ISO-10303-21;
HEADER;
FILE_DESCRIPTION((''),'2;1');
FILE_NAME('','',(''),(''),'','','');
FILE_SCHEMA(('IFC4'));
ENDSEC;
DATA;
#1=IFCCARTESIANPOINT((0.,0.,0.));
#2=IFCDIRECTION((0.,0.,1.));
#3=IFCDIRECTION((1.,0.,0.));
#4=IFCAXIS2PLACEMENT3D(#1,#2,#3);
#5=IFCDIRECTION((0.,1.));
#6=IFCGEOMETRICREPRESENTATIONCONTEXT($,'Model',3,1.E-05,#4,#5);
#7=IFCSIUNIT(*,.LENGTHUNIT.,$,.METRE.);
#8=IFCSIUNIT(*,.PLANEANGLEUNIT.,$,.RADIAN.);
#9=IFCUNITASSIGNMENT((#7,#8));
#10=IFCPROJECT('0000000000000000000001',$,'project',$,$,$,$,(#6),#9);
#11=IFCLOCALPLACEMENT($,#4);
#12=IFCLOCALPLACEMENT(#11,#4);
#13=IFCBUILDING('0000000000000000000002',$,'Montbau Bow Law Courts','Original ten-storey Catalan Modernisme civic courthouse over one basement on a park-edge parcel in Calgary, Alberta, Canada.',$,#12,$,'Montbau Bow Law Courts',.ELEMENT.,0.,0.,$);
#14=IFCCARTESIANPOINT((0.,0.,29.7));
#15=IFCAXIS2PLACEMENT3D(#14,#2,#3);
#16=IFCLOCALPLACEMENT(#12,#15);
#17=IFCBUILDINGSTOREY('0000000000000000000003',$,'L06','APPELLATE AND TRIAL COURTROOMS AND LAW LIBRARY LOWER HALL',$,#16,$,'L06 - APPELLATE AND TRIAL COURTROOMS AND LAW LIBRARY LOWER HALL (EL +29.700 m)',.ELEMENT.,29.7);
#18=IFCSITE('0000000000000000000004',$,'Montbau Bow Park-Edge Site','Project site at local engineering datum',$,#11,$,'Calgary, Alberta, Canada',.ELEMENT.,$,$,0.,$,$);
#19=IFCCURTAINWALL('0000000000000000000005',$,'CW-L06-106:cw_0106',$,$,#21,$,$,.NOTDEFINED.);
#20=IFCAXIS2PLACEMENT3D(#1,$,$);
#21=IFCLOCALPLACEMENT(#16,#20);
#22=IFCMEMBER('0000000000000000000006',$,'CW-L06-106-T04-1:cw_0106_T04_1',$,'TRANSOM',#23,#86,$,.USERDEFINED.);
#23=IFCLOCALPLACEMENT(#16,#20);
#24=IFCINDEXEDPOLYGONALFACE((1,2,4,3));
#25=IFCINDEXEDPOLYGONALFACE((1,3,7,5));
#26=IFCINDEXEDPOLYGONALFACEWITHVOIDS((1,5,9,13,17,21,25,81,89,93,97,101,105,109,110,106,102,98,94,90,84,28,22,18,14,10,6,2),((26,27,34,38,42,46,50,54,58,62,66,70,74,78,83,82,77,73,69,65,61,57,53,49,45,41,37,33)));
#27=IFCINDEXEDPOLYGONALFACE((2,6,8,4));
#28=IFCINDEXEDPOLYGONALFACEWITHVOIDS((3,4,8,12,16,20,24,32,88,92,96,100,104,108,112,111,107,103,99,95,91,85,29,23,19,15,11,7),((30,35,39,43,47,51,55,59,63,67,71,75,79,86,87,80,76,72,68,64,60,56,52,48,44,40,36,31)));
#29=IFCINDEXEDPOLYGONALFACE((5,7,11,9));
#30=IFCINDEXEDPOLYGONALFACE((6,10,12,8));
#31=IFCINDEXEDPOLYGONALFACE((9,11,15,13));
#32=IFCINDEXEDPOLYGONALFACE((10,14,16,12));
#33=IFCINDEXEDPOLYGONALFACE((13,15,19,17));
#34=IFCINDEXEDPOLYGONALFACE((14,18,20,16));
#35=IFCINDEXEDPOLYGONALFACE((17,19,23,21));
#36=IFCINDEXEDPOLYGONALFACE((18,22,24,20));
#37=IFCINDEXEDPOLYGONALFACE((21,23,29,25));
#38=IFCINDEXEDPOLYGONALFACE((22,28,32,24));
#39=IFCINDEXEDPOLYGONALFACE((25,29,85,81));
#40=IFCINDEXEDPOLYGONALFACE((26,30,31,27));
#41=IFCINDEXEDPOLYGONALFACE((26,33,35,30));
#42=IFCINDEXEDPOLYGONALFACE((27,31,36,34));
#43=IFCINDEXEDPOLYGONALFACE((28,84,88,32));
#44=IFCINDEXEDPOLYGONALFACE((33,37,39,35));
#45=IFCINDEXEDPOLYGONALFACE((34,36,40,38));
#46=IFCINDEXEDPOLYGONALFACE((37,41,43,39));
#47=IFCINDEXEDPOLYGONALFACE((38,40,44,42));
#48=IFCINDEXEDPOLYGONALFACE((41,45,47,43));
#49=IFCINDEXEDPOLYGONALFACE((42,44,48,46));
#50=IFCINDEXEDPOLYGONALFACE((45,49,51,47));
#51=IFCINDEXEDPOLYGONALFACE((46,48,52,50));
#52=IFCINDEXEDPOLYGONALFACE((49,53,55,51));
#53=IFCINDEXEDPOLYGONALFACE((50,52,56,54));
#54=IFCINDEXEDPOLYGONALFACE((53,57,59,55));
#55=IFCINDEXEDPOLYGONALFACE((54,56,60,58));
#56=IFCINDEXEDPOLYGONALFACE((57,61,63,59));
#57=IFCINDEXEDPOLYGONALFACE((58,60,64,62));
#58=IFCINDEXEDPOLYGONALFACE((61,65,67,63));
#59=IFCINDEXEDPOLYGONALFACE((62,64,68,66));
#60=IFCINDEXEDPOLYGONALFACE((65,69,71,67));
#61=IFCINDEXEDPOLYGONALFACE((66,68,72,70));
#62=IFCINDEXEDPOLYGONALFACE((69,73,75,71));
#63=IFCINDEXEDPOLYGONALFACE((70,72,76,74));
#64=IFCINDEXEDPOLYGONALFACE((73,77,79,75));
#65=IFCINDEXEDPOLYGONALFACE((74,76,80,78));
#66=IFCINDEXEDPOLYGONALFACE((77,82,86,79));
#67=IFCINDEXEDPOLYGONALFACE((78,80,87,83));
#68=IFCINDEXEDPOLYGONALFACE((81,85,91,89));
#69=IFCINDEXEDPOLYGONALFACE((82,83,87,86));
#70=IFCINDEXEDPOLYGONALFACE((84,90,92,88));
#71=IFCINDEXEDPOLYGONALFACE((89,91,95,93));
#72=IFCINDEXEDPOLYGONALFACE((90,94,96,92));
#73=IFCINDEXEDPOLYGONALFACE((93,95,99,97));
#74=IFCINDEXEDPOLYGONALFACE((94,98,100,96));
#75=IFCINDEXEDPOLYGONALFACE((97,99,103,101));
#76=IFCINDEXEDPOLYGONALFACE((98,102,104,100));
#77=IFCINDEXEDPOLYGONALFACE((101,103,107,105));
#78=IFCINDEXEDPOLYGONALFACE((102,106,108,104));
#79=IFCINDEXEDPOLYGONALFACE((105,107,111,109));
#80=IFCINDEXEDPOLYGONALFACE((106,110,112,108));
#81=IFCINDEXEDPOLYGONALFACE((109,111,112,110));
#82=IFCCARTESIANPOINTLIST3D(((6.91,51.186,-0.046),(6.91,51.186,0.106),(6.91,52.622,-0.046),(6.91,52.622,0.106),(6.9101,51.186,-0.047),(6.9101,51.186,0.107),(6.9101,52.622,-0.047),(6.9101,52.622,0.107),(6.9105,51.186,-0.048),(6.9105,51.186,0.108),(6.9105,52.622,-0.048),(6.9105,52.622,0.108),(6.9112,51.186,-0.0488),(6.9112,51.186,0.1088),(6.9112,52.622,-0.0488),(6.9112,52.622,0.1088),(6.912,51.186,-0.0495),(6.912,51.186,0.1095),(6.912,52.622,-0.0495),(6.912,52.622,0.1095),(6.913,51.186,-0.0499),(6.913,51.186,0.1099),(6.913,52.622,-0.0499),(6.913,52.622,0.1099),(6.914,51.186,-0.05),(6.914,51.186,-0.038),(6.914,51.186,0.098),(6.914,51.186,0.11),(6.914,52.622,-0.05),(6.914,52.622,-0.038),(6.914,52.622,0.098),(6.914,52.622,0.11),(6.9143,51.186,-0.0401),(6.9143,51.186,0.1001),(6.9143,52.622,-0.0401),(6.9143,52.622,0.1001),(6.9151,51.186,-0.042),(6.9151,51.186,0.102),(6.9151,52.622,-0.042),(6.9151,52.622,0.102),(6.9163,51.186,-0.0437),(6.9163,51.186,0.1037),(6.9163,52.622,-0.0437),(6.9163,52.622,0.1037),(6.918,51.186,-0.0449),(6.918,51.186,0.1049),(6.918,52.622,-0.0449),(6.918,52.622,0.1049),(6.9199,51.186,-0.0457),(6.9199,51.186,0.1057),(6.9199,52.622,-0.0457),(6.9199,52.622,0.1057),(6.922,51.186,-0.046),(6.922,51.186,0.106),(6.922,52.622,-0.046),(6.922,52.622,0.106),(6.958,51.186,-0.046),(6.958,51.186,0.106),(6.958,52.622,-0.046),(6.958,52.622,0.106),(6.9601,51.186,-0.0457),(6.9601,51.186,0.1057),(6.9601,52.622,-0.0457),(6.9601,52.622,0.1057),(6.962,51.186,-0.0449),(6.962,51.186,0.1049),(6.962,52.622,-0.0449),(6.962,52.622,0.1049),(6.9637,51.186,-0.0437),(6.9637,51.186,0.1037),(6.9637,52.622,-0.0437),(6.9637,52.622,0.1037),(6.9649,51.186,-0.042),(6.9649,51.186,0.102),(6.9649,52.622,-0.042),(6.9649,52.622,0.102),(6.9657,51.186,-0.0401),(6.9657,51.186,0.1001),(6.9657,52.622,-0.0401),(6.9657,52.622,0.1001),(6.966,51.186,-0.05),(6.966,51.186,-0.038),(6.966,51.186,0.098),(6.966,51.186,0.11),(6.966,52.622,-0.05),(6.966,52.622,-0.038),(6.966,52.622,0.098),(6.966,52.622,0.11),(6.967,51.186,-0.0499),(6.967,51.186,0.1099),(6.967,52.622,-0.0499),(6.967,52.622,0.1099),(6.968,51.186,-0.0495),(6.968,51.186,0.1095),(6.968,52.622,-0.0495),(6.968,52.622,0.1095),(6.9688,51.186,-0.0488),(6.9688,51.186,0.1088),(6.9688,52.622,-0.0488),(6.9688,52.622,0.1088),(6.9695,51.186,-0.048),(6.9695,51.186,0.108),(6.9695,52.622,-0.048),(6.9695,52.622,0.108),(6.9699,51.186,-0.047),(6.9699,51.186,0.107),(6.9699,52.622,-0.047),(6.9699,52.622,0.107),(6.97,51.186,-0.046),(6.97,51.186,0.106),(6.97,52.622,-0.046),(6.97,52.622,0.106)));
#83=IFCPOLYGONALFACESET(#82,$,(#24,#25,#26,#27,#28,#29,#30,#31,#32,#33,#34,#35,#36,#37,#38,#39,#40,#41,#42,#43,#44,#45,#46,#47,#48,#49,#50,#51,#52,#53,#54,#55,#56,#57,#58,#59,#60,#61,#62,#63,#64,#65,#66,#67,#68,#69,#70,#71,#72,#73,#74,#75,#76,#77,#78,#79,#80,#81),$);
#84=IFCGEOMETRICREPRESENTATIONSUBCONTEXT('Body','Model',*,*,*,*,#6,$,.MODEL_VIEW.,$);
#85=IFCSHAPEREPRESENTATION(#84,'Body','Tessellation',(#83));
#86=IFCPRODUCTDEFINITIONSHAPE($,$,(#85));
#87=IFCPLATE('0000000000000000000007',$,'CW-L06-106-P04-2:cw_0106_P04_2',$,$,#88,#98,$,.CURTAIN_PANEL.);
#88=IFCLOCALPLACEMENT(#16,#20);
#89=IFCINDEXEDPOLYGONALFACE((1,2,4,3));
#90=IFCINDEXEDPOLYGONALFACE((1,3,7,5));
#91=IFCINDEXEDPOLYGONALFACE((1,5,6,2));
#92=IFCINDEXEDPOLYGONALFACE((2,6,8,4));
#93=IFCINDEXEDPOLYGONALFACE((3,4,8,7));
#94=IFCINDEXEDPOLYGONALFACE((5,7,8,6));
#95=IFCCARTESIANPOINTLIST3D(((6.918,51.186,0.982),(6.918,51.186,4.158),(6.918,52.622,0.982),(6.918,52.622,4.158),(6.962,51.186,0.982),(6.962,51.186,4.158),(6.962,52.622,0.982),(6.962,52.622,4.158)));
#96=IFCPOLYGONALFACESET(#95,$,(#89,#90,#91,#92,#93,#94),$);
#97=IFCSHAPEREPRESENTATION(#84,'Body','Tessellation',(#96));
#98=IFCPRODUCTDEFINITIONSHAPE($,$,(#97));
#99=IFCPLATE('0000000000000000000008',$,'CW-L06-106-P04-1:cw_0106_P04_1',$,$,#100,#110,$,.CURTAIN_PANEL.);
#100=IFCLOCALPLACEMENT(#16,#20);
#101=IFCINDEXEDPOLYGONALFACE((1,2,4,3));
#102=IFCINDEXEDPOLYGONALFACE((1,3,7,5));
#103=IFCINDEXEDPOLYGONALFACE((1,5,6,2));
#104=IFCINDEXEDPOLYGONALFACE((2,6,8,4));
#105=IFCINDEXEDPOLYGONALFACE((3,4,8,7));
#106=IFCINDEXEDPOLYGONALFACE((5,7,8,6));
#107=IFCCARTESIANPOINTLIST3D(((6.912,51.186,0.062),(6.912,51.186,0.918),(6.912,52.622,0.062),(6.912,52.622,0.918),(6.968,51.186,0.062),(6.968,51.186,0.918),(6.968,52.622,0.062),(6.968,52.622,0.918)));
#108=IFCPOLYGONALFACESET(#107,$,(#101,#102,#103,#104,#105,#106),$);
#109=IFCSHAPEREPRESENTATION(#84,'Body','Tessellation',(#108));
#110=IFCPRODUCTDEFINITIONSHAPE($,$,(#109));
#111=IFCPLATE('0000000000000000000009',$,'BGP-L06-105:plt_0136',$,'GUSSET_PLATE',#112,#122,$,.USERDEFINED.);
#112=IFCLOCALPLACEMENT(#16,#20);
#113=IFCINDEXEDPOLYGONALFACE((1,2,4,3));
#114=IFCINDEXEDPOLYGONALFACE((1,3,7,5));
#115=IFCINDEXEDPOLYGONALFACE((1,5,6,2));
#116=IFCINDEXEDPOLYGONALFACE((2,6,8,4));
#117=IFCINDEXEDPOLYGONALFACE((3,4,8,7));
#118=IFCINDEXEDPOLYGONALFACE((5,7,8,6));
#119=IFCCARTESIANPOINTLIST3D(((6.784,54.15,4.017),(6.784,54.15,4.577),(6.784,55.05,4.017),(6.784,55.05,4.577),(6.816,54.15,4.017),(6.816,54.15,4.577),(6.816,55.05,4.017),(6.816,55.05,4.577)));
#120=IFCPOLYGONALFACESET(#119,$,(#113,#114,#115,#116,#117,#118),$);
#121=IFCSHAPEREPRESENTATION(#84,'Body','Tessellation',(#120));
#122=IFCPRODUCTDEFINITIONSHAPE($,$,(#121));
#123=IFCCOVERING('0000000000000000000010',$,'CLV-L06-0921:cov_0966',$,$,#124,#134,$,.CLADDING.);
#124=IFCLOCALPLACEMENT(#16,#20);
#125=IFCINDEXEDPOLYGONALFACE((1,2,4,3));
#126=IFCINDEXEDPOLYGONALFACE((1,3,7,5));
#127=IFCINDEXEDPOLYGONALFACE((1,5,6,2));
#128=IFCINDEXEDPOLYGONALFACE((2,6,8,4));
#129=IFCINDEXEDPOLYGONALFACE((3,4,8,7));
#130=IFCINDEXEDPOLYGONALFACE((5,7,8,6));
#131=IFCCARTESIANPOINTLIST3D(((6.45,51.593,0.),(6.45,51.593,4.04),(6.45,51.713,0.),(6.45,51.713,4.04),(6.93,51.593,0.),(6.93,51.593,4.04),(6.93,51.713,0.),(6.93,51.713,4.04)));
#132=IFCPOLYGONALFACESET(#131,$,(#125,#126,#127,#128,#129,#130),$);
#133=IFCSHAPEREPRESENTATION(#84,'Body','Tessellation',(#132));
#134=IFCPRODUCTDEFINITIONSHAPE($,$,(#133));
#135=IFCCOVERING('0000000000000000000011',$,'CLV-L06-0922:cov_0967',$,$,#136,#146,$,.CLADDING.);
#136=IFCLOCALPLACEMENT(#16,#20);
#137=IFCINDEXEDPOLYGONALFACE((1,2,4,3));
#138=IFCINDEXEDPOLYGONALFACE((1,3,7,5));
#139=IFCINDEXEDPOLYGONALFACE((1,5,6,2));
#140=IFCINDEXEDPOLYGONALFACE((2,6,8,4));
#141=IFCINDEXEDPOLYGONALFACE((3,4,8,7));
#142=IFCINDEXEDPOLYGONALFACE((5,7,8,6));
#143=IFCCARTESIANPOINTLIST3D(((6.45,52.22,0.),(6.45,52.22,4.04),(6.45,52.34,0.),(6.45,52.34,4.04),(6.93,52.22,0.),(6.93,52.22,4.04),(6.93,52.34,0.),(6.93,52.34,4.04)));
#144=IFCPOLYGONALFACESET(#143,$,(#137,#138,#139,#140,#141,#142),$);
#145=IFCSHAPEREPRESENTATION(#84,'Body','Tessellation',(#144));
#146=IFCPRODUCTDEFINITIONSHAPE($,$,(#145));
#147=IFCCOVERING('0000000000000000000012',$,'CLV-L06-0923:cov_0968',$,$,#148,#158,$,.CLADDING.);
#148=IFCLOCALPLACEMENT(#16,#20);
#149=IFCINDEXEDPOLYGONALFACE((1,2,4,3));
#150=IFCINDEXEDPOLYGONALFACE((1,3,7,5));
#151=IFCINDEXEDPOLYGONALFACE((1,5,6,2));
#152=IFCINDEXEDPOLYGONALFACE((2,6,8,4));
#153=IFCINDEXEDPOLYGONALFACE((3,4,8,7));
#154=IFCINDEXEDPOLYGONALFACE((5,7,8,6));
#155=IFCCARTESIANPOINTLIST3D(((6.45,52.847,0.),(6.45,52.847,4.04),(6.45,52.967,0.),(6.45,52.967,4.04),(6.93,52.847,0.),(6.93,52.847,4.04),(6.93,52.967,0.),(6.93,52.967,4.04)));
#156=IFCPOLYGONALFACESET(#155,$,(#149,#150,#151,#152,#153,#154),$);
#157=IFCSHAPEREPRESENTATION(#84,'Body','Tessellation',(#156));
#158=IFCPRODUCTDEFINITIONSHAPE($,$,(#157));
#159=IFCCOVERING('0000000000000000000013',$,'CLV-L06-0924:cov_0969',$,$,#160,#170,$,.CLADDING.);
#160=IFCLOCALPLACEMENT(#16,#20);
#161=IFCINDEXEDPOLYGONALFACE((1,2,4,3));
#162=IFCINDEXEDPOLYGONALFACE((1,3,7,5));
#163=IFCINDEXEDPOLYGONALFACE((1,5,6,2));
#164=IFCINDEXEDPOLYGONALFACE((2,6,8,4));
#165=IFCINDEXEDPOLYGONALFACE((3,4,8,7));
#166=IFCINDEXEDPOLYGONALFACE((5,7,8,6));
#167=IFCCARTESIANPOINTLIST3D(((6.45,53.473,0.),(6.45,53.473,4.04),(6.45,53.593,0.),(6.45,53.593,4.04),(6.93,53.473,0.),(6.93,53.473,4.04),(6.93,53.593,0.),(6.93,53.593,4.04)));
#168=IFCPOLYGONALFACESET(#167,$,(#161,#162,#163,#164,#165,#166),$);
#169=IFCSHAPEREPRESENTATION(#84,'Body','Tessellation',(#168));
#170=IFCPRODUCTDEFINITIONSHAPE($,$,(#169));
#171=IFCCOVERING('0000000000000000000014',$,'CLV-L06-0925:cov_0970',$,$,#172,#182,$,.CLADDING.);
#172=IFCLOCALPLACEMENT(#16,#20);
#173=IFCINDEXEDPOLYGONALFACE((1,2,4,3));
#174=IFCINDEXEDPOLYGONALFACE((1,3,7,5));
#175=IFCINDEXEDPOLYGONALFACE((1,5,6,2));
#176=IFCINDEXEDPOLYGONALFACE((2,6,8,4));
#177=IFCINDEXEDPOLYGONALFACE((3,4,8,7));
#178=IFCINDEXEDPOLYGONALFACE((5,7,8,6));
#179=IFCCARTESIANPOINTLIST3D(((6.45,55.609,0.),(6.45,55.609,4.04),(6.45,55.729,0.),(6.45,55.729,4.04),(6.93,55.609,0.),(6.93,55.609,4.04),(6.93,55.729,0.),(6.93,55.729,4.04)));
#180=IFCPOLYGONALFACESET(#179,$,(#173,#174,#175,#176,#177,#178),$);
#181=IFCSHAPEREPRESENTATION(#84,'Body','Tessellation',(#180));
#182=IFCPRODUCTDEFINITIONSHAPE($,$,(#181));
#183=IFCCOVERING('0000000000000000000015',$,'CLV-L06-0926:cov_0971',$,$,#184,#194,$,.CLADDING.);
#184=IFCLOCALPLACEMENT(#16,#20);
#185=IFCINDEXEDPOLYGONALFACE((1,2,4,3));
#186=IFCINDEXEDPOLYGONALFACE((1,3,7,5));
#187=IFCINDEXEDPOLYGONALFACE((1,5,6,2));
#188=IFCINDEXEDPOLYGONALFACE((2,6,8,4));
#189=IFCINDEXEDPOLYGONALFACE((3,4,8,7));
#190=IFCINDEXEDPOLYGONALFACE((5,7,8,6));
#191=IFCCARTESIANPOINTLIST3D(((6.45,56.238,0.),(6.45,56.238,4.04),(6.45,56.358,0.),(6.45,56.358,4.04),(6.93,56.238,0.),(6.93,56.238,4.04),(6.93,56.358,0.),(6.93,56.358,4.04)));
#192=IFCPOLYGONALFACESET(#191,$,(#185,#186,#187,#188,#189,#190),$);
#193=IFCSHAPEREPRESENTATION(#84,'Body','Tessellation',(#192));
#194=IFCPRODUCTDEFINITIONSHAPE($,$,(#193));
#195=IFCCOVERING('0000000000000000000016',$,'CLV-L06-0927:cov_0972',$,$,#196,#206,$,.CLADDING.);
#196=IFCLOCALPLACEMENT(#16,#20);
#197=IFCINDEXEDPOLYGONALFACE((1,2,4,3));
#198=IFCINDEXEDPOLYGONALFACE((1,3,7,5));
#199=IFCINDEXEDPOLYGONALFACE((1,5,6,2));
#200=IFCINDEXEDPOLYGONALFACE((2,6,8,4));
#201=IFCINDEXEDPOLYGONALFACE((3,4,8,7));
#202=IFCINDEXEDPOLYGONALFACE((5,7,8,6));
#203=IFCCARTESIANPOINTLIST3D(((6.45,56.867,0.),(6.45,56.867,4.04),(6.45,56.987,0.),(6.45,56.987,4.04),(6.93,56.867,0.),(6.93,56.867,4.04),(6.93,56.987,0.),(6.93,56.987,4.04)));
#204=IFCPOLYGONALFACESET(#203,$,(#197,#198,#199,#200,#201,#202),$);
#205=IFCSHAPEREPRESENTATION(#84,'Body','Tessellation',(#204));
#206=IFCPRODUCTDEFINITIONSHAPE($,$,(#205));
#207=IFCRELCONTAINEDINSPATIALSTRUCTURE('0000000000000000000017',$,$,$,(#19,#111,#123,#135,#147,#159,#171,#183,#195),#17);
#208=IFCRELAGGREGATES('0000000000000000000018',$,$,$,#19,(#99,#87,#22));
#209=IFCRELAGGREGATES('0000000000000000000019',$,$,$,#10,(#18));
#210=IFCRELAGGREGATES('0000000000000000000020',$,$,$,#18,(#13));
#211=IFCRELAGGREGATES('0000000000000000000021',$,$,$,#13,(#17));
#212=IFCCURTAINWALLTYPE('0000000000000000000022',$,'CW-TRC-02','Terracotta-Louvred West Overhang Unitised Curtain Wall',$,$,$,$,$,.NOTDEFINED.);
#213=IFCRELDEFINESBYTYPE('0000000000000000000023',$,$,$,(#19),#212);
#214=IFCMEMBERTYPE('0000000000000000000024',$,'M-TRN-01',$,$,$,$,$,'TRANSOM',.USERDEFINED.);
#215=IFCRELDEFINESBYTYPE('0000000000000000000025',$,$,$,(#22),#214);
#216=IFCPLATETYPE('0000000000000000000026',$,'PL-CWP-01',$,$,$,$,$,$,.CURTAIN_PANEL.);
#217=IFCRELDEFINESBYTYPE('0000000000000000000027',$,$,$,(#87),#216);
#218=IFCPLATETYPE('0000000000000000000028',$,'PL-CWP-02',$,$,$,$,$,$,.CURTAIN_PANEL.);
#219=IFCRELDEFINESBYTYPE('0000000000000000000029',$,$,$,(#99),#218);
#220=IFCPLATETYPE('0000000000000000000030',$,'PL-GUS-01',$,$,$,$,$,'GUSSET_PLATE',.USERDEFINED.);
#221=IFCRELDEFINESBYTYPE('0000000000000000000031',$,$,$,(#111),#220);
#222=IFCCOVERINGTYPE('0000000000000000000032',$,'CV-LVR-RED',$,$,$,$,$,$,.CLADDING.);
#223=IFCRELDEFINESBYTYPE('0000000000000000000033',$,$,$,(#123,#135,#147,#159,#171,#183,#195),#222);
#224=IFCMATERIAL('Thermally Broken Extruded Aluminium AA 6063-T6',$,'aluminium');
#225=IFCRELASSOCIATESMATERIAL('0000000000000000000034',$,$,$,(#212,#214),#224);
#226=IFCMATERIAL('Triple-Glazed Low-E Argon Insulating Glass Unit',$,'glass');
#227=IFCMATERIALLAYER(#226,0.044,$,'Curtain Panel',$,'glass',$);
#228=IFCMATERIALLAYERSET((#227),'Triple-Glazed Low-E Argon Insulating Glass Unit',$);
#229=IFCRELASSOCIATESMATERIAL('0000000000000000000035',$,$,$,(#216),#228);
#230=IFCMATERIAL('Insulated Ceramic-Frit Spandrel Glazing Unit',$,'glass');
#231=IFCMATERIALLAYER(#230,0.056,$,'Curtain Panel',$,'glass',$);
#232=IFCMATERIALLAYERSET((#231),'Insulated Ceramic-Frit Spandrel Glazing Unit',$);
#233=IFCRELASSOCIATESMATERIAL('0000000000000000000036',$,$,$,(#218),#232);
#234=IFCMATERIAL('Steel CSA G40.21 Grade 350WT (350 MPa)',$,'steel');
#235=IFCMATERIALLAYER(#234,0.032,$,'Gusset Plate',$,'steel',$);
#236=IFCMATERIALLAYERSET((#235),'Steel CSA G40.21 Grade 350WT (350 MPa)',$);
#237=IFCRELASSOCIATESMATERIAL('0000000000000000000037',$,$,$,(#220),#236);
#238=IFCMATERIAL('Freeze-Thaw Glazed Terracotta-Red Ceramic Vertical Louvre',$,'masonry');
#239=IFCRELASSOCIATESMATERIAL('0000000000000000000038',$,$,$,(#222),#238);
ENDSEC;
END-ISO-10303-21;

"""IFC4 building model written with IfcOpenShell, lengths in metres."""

from ifc_helpers import new_model, si_unit, direction, frame, frame_2d, origin_with_axes, origin_2d_with_axis, place, context, subcontext, project, spatial, rectangle, hollow_rectangle, extrude, material, layer, layer_set, material_profile, profile_set, type_object, element, aggregate, save


model = new_model("IFC4")

# Units and contexts
model_context = context("Model", 3, precision=1e-05, world=origin_with_axes(), true_north=direction((0.0, 1.0)))
body_context = subcontext(model_context, "Body", "Model", "MODEL_VIEW")
ifc_project = project(units=[si_unit("LENGTHUNIT", "METRE"), si_unit("PLANEANGLEUNIT", "RADIAN")], contexts=[model_context])

# Site, building, storey
site_placement = place(None, origin_with_axes())
site = spatial("IfcSite", under=ifc_project, at=site_placement, Name="Montbau Bow Park-Edge Site", Description="Project site at local engineering datum", LongName="Calgary, Alberta, Canada", CompositionType="ELEMENT", RefElevation=0.0)
building_placement = place(site_placement, origin_with_axes())
building = spatial("IfcBuilding", under=site, at=building_placement, Name="Montbau Bow Law Courts", Description="Original ten-storey Catalan Modernisme civic courthouse over one basement on a park-edge parcel in Calgary, Alberta, Canada.", LongName="Montbau Bow Law Courts", CompositionType="ELEMENT", ElevationOfRefHeight=0.0, ElevationOfTerrain=0.0)
storey_placement = place(building_placement, frame((0.0, 0.0, 29.7), z_axis=(0.0, 0.0, 1.0), x_axis=(1.0, 0.0, 0.0)))
storey = spatial("IfcBuildingStorey", under=building, at=storey_placement, Name="L06", Description="APPELLATE AND TRIAL COURTROOMS AND LAW LIBRARY LOWER HALL", LongName="L06 - APPELLATE AND TRIAL COURTROOMS AND LAW LIBRARY LOWER HALL (EL +29.700 m)", CompositionType="ELEMENT", Elevation=29.7)

# Shared definitions
ifc_material_1 = material(Name="Steel CSA G40.21 Grade 350WT (350 MPa)", Category="steel")

# Curtain wall, member, plates
ifc_material_2 = material(Name="Thermally Broken Extruded Aluminium AA 6063-T6", Category="aluminium")
curtain_wall_type = type_object("IfcCurtainWallType", Name="CW-TRC-02", Description="Terracotta-Louvred West Overhang Unitised Curtain Wall", PredefinedType="NOTDEFINED", material=ifc_material_2)
curtain_wall_placement = place(None, frame((6.94, 46.64, 29.7), z_axis=(0.0, 0.0, 1.0), x_axis=(1.0, 0.0, 0.0)))
curtain_wall = element("IfcCurtainWall", 1, at=curtain_wall_placement, inside=storey, type_object=curtain_wall_type, Name="CW-L06-106:cw_0106", PredefinedType="NOTDEFINED")
ifc_material_profile_1 = material_profile(ifc_material_2, hollow_rectangle(XDim=0.06, YDim=0.16, WallThickness=0.004, InnerFilletRadius=0.008, OuterFilletRadius=0.004, at=origin_2d_with_axis()), Name="CWT-160X60", Category="Main", Priority=0)
ifc_profile_set_1 = profile_set([ifc_material_profile_1], Name="Thermally Broken Extruded Aluminium AA 6063-T6")
member_type = type_object("IfcMemberType", Name="M-TRN-01", ElementType="TRANSOM", PredefinedType="USERDEFINED", material=ifc_profile_set_1)
member_placement = place(None, frame((6.94, 51.186, 29.73), z_axis=(0.0, 1.0, 0.0), x_axis=(-1.0, 0.0, 0.0)))
member = element("IfcMember", 2, at=member_placement, type_object=member_type, Name="CW-L06-106-T04-1:cw_0106_T04_1", ObjectType="TRANSOM", PredefinedType="USERDEFINED", context=body_context, shape_type="SweptSolid", body=[
    extrude(hollow_rectangle(XDim=0.06, YDim=0.16, WallThickness=0.004, InnerFilletRadius=0.008, OuterFilletRadius=0.004, at=origin_2d_with_axis()), origin_with_axes(), (0.0, 0.0, 1.0), 1.436),
])
ifc_material_3 = material(Name="Triple-Glazed Low-E Argon Insulating Glass Unit", Category="glass")
ifc_layer_1 = layer(ifc_material_3, 0.044, Name="Curtain Panel", Category="glass")
ifc_layer_set_1 = layer_set([ifc_layer_1], Name="Triple-Glazed Low-E Argon Insulating Glass Unit")
plate_type_1 = type_object("IfcPlateType", Name="PL-CWP-01", PredefinedType="CURTAIN_PANEL", material=ifc_layer_set_1)
plate_1_placement = place(None, frame((6.94, 51.186, 30.682), z_axis=(1.0, 0.0, 0.0), x_axis=(0.0, 1.0, 0.0)))
plate_1 = element("IfcPlate", 3, at=plate_1_placement, type_object=plate_type_1, Name="CW-L06-106-P04-2:cw_0106_P04_2", PredefinedType="CURTAIN_PANEL", context=body_context, shape_type="SweptSolid", body=[
    extrude(rectangle(XDim=1.436, YDim=3.176, at=frame_2d((0.718, 1.588), x_axis=(1.0, 0.0))), frame((0.0, 0.0, -0.022), z_axis=(0.0, 0.0, 1.0), x_axis=(1.0, 0.0, 0.0)), (0.0, 0.0, 1.0), 0.044),
])
ifc_material_4 = material(Name="Insulated Ceramic-Frit Spandrel Glazing Unit", Category="glass")
ifc_layer_2 = layer(ifc_material_4, 0.056, Name="Curtain Panel", Category="glass")
ifc_layer_set_2 = layer_set([ifc_layer_2], Name="Insulated Ceramic-Frit Spandrel Glazing Unit")
plate_type_2 = type_object("IfcPlateType", Name="PL-CWP-02", PredefinedType="CURTAIN_PANEL", material=ifc_layer_set_2)
plate_2_placement = place(None, frame((6.94, 51.186, 29.762), z_axis=(1.0, 0.0, 0.0), x_axis=(0.0, 1.0, 0.0)))
plate_2 = element("IfcPlate", 4, at=plate_2_placement, type_object=plate_type_2, Name="CW-L06-106-P04-1:cw_0106_P04_1", PredefinedType="CURTAIN_PANEL", context=body_context, shape_type="SweptSolid", body=[
    extrude(rectangle(XDim=1.436, YDim=0.856, at=frame_2d((0.718, 0.428), x_axis=(1.0, 0.0))), frame((0.0, 0.0, -0.028), z_axis=(0.0, 0.0, 1.0), x_axis=(1.0, 0.0, 0.0)), (0.0, 0.0, 1.0), 0.056),
])
aggregate(curtain_wall, [plate_2, plate_1, member])

# Plate
ifc_layer_3 = layer(ifc_material_1, 0.032, Name="Gusset Plate", Category="steel")
ifc_layer_set_3 = layer_set([ifc_layer_3], Name="Steel CSA G40.21 Grade 350WT (350 MPa)")
plate_type_3 = type_object("IfcPlateType", Name="PL-GUS-01", ElementType="GUSSET_PLATE", PredefinedType="USERDEFINED", material=ifc_layer_set_3)
plate_3_placement = place(None, frame((6.8, 54.6, 33.717), z_axis=(0.0, 0.0, 1.0), x_axis=(0.0, 1.0, 0.0)))
element("IfcPlate", 5, at=plate_3_placement, inside=storey, type_object=plate_type_3, Name="BGP-L06-105:plt_0136", ObjectType="GUSSET_PLATE", PredefinedType="USERDEFINED", context=body_context, shape_type="SweptSolid", body=[
    extrude(rectangle(XDim=0.9, YDim=0.032, at=origin_2d_with_axis()), origin_with_axes(), (0.0, 0.0, 1.0), 0.56),
])

# Coverings
ifc_material_5 = material(Name="Freeze-Thaw Glazed Terracotta-Red Ceramic Vertical Louvre", Category="masonry")
covering_type = type_object("IfcCoveringType", Name="CV-LVR-RED", PredefinedType="CLADDING", material=ifc_material_5)
for number, where, z_axis, x_axis, name in (
    (6, (6.93, 51.653, 29.7), (0.0, 1.0, 0.0), (-1.0, 0.0, 0.0), "CLV-L06-0921:cov_0966"),
    (7, (6.93, 52.28, 29.7), (0.0, 1.0, 0.0), (-1.0, 0.0, 0.0), "CLV-L06-0922:cov_0967"),
    (8, (6.93, 52.907, 29.7), (0.0, 1.0, 0.0), (-1.0, 0.0, 0.0), "CLV-L06-0923:cov_0968"),
    (9, (6.93, 53.533, 29.7), (0.0, 1.0, 0.0), (-1.0, 0.0, 0.0), "CLV-L06-0924:cov_0969"),
    (10, (6.93, 55.669, 29.7), (0.0, 1.0, 0.0), (-1.0, 0.0, 0.0), "CLV-L06-0925:cov_0970"),
    (11, (6.93, 56.298, 29.7), (0.0, 1.0, 0.0), (-1.0, 0.0, 0.0), "CLV-L06-0926:cov_0971"),
    (12, (6.93, 56.927, 29.7), (0.0, 1.0, 0.0), (-1.0, 0.0, 0.0), "CLV-L06-0927:cov_0972"),
):
    element("IfcCovering", number, at=place(None, frame(where, z_axis=z_axis, x_axis=x_axis)), inside=storey, type_object=covering_type, Name=name, PredefinedType="CLADDING", context=body_context, shape_type="SweptSolid", body=[
        extrude(rectangle(XDim=0.48, YDim=4.04, at=frame_2d((0.24, 2.02), x_axis=(1.0, 0.0))), frame((0.0, 0.0, -0.06), z_axis=(0.0, 0.0, 1.0), x_axis=(1.0, 0.0, 0.0)), (0.0, 0.0, 1.0), 0.12),
    ])

save(model, "model.ifc")
